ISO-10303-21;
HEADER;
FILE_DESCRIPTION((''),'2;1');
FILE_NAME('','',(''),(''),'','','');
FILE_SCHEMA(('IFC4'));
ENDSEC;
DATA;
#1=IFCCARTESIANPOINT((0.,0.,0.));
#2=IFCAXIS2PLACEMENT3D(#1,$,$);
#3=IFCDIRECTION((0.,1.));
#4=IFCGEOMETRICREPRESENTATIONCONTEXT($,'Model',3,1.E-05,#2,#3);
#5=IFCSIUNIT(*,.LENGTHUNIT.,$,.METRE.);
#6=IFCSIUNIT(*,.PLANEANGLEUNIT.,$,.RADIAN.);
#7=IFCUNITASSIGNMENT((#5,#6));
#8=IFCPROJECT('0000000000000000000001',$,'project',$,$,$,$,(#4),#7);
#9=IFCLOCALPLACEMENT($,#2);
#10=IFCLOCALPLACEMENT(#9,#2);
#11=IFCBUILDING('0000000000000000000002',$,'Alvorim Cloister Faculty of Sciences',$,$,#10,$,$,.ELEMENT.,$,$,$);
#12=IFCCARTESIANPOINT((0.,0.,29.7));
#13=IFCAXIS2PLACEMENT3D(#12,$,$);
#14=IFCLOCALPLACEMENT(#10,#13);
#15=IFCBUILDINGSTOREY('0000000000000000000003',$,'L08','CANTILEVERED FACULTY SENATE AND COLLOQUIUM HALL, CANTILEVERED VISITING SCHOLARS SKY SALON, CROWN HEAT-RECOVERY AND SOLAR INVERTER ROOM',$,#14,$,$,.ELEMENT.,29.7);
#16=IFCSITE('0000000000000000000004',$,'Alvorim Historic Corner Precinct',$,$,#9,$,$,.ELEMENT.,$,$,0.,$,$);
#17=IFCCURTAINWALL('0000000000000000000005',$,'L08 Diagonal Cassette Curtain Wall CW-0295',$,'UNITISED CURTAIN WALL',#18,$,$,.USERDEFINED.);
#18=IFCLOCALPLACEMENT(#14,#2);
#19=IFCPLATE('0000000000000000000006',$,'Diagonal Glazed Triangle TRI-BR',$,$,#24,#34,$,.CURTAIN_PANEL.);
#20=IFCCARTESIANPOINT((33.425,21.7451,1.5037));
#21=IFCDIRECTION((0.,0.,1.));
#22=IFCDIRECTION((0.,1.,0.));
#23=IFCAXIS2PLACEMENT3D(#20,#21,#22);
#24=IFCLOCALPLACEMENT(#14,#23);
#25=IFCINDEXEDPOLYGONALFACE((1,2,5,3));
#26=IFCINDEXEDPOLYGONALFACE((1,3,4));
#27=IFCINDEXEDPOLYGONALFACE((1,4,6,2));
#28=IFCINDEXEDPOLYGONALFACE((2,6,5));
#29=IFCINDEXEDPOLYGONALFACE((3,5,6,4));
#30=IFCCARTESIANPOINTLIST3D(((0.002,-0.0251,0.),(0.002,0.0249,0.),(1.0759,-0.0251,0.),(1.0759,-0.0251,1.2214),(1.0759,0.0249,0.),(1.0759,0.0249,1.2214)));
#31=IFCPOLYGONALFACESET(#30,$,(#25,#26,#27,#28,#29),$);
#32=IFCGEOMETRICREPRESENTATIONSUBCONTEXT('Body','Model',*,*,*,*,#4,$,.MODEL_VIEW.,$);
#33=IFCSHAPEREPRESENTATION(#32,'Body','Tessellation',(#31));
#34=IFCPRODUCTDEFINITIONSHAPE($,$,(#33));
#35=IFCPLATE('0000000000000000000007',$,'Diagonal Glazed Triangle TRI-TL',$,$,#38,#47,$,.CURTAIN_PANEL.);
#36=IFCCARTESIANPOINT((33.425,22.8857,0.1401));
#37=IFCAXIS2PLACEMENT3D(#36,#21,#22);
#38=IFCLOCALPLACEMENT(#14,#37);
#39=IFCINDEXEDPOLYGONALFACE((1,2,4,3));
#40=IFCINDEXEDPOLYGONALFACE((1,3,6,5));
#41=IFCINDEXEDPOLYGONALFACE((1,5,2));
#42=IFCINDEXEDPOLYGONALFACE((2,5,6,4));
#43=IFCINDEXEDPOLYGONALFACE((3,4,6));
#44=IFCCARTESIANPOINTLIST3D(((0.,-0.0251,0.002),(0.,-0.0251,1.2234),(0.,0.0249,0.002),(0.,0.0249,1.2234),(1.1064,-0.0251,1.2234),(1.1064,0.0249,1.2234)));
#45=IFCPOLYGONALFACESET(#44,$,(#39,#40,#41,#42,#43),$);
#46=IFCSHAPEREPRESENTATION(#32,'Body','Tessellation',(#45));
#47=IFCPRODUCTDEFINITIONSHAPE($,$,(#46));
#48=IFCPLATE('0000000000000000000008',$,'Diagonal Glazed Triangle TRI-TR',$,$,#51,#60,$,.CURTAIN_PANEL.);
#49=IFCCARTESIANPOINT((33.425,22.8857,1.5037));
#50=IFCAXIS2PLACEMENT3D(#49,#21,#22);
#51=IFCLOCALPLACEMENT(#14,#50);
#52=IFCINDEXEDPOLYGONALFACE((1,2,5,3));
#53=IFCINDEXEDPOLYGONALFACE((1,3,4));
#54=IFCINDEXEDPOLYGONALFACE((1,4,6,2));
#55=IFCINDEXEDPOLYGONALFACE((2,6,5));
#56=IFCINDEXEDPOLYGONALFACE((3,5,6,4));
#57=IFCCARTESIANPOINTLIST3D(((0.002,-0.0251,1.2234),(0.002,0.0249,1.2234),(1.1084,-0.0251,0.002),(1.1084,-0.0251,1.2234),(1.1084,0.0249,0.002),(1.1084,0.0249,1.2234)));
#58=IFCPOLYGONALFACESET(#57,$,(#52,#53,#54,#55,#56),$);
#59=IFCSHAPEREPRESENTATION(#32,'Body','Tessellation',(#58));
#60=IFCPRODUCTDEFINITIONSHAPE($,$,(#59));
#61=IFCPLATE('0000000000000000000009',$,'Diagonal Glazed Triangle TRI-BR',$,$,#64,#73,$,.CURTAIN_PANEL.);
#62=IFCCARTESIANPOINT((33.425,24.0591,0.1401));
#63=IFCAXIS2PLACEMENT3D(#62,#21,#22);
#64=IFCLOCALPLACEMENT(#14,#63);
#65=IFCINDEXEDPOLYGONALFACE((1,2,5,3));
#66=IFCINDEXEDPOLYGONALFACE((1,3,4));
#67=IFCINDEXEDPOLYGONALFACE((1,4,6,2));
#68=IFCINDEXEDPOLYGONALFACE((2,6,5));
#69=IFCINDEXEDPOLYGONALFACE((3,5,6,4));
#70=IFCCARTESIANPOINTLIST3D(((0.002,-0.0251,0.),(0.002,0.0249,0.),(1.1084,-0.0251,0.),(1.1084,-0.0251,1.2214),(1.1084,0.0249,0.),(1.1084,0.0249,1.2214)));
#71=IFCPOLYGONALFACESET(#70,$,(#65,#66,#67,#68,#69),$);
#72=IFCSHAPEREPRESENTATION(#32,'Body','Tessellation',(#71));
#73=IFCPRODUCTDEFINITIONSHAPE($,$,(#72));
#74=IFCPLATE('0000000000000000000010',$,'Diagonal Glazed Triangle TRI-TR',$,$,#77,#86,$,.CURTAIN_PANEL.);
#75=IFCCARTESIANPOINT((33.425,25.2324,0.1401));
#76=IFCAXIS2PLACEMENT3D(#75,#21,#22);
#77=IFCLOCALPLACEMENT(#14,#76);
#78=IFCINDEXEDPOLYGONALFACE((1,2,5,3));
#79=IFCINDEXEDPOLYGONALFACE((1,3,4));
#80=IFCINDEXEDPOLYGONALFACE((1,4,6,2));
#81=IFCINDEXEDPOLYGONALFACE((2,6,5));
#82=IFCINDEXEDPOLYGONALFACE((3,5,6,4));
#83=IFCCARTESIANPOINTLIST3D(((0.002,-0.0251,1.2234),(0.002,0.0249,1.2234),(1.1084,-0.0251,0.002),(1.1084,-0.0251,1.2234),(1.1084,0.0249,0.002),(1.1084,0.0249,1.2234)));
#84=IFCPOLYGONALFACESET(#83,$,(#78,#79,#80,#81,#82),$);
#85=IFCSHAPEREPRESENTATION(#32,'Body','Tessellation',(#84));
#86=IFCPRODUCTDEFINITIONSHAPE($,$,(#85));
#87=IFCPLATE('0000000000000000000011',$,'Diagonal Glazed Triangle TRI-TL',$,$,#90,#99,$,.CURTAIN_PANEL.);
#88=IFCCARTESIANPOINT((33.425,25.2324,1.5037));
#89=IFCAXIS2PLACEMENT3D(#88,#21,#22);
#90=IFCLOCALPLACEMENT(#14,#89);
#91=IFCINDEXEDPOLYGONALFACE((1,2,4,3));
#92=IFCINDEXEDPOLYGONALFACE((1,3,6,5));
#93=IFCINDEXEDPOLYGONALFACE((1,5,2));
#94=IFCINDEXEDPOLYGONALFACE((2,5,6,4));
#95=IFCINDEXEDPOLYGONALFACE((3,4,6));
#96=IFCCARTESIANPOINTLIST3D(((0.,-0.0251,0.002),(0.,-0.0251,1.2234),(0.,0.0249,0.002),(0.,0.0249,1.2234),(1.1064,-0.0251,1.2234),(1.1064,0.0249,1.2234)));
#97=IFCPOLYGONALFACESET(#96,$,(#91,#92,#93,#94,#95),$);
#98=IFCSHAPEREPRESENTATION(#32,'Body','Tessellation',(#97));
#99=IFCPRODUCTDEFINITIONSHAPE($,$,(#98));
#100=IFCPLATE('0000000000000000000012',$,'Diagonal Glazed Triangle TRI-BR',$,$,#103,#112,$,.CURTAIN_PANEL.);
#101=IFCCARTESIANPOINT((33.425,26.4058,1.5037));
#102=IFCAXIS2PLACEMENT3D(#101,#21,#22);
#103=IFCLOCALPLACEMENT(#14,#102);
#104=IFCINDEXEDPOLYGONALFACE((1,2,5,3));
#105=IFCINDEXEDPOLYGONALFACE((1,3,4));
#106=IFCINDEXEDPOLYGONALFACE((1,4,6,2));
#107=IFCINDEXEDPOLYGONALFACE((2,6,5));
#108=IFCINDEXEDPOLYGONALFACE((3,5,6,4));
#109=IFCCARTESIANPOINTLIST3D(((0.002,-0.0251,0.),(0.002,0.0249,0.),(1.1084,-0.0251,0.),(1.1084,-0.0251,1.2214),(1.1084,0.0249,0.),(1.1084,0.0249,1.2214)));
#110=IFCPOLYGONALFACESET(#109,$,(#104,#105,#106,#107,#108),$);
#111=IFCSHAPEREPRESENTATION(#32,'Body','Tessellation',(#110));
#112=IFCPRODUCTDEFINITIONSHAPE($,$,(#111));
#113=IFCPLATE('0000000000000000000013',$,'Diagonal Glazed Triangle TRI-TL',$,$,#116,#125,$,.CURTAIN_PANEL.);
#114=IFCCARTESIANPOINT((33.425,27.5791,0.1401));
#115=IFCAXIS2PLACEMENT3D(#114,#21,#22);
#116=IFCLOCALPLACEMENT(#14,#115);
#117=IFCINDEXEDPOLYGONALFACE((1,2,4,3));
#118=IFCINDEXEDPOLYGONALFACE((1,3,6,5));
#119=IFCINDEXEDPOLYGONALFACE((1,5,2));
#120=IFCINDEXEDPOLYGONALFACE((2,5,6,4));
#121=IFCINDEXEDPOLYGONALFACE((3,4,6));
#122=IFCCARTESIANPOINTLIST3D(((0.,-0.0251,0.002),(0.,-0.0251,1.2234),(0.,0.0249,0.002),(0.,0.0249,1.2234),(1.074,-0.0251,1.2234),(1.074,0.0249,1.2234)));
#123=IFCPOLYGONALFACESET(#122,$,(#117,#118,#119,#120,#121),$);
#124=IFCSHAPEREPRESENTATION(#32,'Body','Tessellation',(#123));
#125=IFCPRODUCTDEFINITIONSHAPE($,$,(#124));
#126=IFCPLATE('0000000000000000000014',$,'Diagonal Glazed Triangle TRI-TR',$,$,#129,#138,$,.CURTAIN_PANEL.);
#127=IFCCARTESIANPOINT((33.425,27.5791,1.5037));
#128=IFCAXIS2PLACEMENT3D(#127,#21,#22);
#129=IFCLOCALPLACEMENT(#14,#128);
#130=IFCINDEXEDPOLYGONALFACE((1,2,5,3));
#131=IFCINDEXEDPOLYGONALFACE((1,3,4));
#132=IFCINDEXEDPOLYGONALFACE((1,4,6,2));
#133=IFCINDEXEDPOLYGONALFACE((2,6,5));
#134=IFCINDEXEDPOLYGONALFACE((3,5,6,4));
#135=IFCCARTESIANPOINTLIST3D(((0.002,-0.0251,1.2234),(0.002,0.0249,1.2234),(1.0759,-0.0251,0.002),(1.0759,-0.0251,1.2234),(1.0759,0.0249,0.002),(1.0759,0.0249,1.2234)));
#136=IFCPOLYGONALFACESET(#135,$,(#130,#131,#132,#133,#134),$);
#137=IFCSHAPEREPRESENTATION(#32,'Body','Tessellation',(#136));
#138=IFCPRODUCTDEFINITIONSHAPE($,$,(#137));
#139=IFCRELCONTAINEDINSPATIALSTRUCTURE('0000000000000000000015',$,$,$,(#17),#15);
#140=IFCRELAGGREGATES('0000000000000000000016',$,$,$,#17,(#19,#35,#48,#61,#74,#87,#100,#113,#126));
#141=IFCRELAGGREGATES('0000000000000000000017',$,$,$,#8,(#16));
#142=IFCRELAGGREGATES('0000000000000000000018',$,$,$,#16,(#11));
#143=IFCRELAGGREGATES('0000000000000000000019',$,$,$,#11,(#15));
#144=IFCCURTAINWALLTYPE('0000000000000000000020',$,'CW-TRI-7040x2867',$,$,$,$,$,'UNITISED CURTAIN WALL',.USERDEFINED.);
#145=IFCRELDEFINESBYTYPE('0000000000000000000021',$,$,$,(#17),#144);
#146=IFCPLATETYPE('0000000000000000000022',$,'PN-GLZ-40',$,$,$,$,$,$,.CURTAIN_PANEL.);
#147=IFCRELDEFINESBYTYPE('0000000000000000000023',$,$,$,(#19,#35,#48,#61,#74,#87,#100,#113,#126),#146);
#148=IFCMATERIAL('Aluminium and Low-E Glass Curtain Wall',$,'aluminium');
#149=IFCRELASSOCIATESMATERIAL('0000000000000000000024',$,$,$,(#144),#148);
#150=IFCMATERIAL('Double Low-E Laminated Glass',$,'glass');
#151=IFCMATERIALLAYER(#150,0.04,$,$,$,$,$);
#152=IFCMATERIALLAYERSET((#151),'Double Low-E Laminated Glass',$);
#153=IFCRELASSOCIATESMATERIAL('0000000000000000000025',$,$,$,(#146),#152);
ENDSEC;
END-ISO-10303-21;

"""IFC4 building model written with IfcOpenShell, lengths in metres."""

from ifc_helpers import new_model, si_unit, direction, frame, origin, place, context, subcontext, project, spatial, polyline, outline, extrude, material, layer, layer_set, type_object, element, aggregate, save


model = new_model("IFC4")

# Units and contexts
model_context = context("Model", 3, precision=1e-05, world=origin(), true_north=direction((0.0, 1.0)))
body_context = subcontext(model_context, "Body", "Model", "MODEL_VIEW")
ifc_project = project(units=[si_unit("LENGTHUNIT", "METRE"), si_unit("PLANEANGLEUNIT", "RADIAN")], contexts=[model_context])

# Site, building, storey
site_placement = place(None, origin())
site = spatial("IfcSite", under=ifc_project, at=site_placement, Name="Alvorim Historic Corner Precinct", CompositionType="ELEMENT", RefElevation=0.0)
building_placement = place(site_placement, origin())
building = spatial("IfcBuilding", under=site, at=building_placement, Name="Alvorim Cloister Faculty of Sciences", CompositionType="ELEMENT")
storey_placement = place(building_placement, frame((0.0, 0.0, 29.7)))
storey = spatial("IfcBuildingStorey", under=building, at=storey_placement, Name="L08", Description="CANTILEVERED FACULTY SENATE AND COLLOQUIUM HALL, CANTILEVERED VISITING SCHOLARS SKY SALON, CROWN HEAT-RECOVERY AND SOLAR INVERTER ROOM", CompositionType="ELEMENT", Elevation=29.7)

# Curtain wall, plates
ifc_material_1 = material(Name="Aluminium and Low-E Glass Curtain Wall", Category="aluminium")
curtain_wall_type = type_object("IfcCurtainWallType", Name="CW-TRI-7040x2867", ElementType="UNITISED CURTAIN WALL", PredefinedType="USERDEFINED", material=ifc_material_1)
curtain_wall_placement = place(storey_placement, origin())
curtain_wall = element("IfcCurtainWall", 1, at=curtain_wall_placement, inside=storey, type_object=curtain_wall_type, Name="L08 Diagonal Cassette Curtain Wall CW-0295", ObjectType="UNITISED CURTAIN WALL", PredefinedType="USERDEFINED")
ifc_material_2 = material(Name="Double Low-E Laminated Glass", Category="glass")
ifc_layer = layer(ifc_material_2, 0.04)
ifc_layer_set = layer_set([ifc_layer], Name="Double Low-E Laminated Glass")
plate_type = type_object("IfcPlateType", Name="PN-GLZ-40", PredefinedType="CURTAIN_PANEL", material=ifc_layer_set)
plate_1_placement = place(storey_placement, frame((33.425, 21.7451, 1.5037), z_axis=(0.0, 0.0, 1.0), x_axis=(0.0, 1.0, 0.0)))
plate_1 = element("IfcPlate", 2, at=plate_1_placement, type_object=plate_type, Name="Diagonal Glazed Triangle TRI-BR", PredefinedType="CURTAIN_PANEL", context=body_context, shape_type="SweptSolid", body=[
    extrude(outline(polyline([(0.002, 0.0), (1.0759, 0.0), (1.0759, 1.2214), (0.002, 0.0)])), frame((0.0, 0.0249, 0.0), z_axis=(0.0, -1.0, 0.0), x_axis=(1.0, 0.0, 0.0)), (0.0, 0.0, 1.0), 0.05),
])
plate_2_placement = place(storey_placement, frame((33.425, 22.8857, 0.1401), z_axis=(0.0, 0.0, 1.0), x_axis=(0.0, 1.0, 0.0)))
plate_2 = element("IfcPlate", 3, at=plate_2_placement, type_object=plate_type, Name="Diagonal Glazed Triangle TRI-TL", PredefinedType="CURTAIN_PANEL", context=body_context, shape_type="SweptSolid", body=[
    extrude(outline(polyline([(1.1064, 1.2234), (0.0, 1.2234), (0.0, 0.002), (1.1064, 1.2234)])), frame((0.0, 0.0249, 0.0), z_axis=(0.0, -1.0, 0.0), x_axis=(1.0, 0.0, 0.0)), (0.0, 0.0, 1.0), 0.05),
])
plate_3_placement = place(storey_placement, frame((33.425, 22.8857, 1.5037), z_axis=(0.0, 0.0, 1.0), x_axis=(0.0, 1.0, 0.0)))
plate_3 = element("IfcPlate", 4, at=plate_3_placement, type_object=plate_type, Name="Diagonal Glazed Triangle TRI-TR", PredefinedType="CURTAIN_PANEL", context=body_context, shape_type="SweptSolid", body=[
    extrude(outline(polyline([(1.1084, 0.002), (1.1084, 1.2234), (0.002, 1.2234), (1.1084, 0.002)])), frame((0.0, 0.0249, 0.0), z_axis=(0.0, -1.0, 0.0), x_axis=(1.0, 0.0, 0.0)), (0.0, 0.0, 1.0), 0.05),
])
plate_4_placement = place(storey_placement, frame((33.425, 24.0591, 0.1401), z_axis=(0.0, 0.0, 1.0), x_axis=(0.0, 1.0, 0.0)))
plate_4 = element("IfcPlate", 5, at=plate_4_placement, type_object=plate_type, Name="Diagonal Glazed Triangle TRI-BR", PredefinedType="CURTAIN_PANEL", context=body_context, shape_type="SweptSolid", body=[
    extrude(outline(polyline([(0.002, 0.0), (1.1084, 0.0), (1.1084, 1.2214), (0.002, 0.0)])), frame((0.0, 0.0249, 0.0), z_axis=(0.0, -1.0, 0.0), x_axis=(1.0, 0.0, 0.0)), (0.0, 0.0, 1.0), 0.05),
])
plate_5_placement = place(storey_placement, frame((33.425, 25.2324, 0.1401), z_axis=(0.0, 0.0, 1.0), x_axis=(0.0, 1.0, 0.0)))
plate_5 = element("IfcPlate", 6, at=plate_5_placement, type_object=plate_type, Name="Diagonal Glazed Triangle TRI-TR", PredefinedType="CURTAIN_PANEL", context=body_context, shape_type="SweptSolid", body=[
    extrude(outline(polyline([(1.1084, 0.002), (1.1084, 1.2234), (0.002, 1.2234), (1.1084, 0.002)])), frame((0.0, 0.0249, 0.0), z_axis=(0.0, -1.0, 0.0), x_axis=(1.0, 0.0, 0.0)), (0.0, 0.0, 1.0), 0.05),
])
plate_6_placement = place(storey_placement, frame((33.425, 25.2324, 1.5037), z_axis=(0.0, 0.0, 1.0), x_axis=(0.0, 1.0, 0.0)))
plate_6 = element("IfcPlate", 7, at=plate_6_placement, type_object=plate_type, Name="Diagonal Glazed Triangle TRI-TL", PredefinedType="CURTAIN_PANEL", context=body_context, shape_type="SweptSolid", body=[
    extrude(outline(polyline([(1.1064, 1.2234), (0.0, 1.2234), (0.0, 0.002), (1.1064, 1.2234)])), frame((0.0, 0.0249, 0.0), z_axis=(0.0, -1.0, 0.0), x_axis=(1.0, 0.0, 0.0)), (0.0, 0.0, 1.0), 0.05),
])
plate_7_placement = place(storey_placement, frame((33.425, 26.4058, 1.5037), z_axis=(0.0, 0.0, 1.0), x_axis=(0.0, 1.0, 0.0)))
plate_7 = element("IfcPlate", 8, at=plate_7_placement, type_object=plate_type, Name="Diagonal Glazed Triangle TRI-BR", PredefinedType="CURTAIN_PANEL", context=body_context, shape_type="SweptSolid", body=[
    extrude(outline(polyline([(0.002, 0.0), (1.1084, 0.0), (1.1084, 1.2214), (0.002, 0.0)])), frame((0.0, 0.0249, 0.0), z_axis=(0.0, -1.0, 0.0), x_axis=(1.0, 0.0, 0.0)), (0.0, 0.0, 1.0), 0.05),
])
plate_8_placement = place(storey_placement, frame((33.425, 27.5791, 0.1401), z_axis=(0.0, 0.0, 1.0), x_axis=(0.0, 1.0, 0.0)))
plate_8 = element("IfcPlate", 9, at=plate_8_placement, type_object=plate_type, Name="Diagonal Glazed Triangle TRI-TL", PredefinedType="CURTAIN_PANEL", context=body_context, shape_type="SweptSolid", body=[
    extrude(outline(polyline([(1.074, 1.2234), (0.0, 1.2234), (0.0, 0.002), (1.074, 1.2234)])), frame((0.0, 0.0249, 0.0), z_axis=(0.0, -1.0, 0.0), x_axis=(1.0, 0.0, 0.0)), (0.0, 0.0, 1.0), 0.05),
])
plate_9_placement = place(storey_placement, frame((33.425, 27.5791, 1.5037), z_axis=(0.0, 0.0, 1.0), x_axis=(0.0, 1.0, 0.0)))
plate_9 = element("IfcPlate", 10, at=plate_9_placement, type_object=plate_type, Name="Diagonal Glazed Triangle TRI-TR", PredefinedType="CURTAIN_PANEL", context=body_context, shape_type="SweptSolid", body=[
    extrude(outline(polyline([(1.0759, 0.002), (1.0759, 1.2234), (0.002, 1.2234), (1.0759, 0.002)])), frame((0.0, 0.0249, 0.0), z_axis=(0.0, -1.0, 0.0), x_axis=(1.0, 0.0, 0.0)), (0.0, 0.0, 1.0), 0.05),
])
aggregate(curtain_wall, [plate_1, plate_2, plate_3, plate_4, plate_5, plate_6, plate_7, plate_8, plate_9])

save(model, "model.ifc")
